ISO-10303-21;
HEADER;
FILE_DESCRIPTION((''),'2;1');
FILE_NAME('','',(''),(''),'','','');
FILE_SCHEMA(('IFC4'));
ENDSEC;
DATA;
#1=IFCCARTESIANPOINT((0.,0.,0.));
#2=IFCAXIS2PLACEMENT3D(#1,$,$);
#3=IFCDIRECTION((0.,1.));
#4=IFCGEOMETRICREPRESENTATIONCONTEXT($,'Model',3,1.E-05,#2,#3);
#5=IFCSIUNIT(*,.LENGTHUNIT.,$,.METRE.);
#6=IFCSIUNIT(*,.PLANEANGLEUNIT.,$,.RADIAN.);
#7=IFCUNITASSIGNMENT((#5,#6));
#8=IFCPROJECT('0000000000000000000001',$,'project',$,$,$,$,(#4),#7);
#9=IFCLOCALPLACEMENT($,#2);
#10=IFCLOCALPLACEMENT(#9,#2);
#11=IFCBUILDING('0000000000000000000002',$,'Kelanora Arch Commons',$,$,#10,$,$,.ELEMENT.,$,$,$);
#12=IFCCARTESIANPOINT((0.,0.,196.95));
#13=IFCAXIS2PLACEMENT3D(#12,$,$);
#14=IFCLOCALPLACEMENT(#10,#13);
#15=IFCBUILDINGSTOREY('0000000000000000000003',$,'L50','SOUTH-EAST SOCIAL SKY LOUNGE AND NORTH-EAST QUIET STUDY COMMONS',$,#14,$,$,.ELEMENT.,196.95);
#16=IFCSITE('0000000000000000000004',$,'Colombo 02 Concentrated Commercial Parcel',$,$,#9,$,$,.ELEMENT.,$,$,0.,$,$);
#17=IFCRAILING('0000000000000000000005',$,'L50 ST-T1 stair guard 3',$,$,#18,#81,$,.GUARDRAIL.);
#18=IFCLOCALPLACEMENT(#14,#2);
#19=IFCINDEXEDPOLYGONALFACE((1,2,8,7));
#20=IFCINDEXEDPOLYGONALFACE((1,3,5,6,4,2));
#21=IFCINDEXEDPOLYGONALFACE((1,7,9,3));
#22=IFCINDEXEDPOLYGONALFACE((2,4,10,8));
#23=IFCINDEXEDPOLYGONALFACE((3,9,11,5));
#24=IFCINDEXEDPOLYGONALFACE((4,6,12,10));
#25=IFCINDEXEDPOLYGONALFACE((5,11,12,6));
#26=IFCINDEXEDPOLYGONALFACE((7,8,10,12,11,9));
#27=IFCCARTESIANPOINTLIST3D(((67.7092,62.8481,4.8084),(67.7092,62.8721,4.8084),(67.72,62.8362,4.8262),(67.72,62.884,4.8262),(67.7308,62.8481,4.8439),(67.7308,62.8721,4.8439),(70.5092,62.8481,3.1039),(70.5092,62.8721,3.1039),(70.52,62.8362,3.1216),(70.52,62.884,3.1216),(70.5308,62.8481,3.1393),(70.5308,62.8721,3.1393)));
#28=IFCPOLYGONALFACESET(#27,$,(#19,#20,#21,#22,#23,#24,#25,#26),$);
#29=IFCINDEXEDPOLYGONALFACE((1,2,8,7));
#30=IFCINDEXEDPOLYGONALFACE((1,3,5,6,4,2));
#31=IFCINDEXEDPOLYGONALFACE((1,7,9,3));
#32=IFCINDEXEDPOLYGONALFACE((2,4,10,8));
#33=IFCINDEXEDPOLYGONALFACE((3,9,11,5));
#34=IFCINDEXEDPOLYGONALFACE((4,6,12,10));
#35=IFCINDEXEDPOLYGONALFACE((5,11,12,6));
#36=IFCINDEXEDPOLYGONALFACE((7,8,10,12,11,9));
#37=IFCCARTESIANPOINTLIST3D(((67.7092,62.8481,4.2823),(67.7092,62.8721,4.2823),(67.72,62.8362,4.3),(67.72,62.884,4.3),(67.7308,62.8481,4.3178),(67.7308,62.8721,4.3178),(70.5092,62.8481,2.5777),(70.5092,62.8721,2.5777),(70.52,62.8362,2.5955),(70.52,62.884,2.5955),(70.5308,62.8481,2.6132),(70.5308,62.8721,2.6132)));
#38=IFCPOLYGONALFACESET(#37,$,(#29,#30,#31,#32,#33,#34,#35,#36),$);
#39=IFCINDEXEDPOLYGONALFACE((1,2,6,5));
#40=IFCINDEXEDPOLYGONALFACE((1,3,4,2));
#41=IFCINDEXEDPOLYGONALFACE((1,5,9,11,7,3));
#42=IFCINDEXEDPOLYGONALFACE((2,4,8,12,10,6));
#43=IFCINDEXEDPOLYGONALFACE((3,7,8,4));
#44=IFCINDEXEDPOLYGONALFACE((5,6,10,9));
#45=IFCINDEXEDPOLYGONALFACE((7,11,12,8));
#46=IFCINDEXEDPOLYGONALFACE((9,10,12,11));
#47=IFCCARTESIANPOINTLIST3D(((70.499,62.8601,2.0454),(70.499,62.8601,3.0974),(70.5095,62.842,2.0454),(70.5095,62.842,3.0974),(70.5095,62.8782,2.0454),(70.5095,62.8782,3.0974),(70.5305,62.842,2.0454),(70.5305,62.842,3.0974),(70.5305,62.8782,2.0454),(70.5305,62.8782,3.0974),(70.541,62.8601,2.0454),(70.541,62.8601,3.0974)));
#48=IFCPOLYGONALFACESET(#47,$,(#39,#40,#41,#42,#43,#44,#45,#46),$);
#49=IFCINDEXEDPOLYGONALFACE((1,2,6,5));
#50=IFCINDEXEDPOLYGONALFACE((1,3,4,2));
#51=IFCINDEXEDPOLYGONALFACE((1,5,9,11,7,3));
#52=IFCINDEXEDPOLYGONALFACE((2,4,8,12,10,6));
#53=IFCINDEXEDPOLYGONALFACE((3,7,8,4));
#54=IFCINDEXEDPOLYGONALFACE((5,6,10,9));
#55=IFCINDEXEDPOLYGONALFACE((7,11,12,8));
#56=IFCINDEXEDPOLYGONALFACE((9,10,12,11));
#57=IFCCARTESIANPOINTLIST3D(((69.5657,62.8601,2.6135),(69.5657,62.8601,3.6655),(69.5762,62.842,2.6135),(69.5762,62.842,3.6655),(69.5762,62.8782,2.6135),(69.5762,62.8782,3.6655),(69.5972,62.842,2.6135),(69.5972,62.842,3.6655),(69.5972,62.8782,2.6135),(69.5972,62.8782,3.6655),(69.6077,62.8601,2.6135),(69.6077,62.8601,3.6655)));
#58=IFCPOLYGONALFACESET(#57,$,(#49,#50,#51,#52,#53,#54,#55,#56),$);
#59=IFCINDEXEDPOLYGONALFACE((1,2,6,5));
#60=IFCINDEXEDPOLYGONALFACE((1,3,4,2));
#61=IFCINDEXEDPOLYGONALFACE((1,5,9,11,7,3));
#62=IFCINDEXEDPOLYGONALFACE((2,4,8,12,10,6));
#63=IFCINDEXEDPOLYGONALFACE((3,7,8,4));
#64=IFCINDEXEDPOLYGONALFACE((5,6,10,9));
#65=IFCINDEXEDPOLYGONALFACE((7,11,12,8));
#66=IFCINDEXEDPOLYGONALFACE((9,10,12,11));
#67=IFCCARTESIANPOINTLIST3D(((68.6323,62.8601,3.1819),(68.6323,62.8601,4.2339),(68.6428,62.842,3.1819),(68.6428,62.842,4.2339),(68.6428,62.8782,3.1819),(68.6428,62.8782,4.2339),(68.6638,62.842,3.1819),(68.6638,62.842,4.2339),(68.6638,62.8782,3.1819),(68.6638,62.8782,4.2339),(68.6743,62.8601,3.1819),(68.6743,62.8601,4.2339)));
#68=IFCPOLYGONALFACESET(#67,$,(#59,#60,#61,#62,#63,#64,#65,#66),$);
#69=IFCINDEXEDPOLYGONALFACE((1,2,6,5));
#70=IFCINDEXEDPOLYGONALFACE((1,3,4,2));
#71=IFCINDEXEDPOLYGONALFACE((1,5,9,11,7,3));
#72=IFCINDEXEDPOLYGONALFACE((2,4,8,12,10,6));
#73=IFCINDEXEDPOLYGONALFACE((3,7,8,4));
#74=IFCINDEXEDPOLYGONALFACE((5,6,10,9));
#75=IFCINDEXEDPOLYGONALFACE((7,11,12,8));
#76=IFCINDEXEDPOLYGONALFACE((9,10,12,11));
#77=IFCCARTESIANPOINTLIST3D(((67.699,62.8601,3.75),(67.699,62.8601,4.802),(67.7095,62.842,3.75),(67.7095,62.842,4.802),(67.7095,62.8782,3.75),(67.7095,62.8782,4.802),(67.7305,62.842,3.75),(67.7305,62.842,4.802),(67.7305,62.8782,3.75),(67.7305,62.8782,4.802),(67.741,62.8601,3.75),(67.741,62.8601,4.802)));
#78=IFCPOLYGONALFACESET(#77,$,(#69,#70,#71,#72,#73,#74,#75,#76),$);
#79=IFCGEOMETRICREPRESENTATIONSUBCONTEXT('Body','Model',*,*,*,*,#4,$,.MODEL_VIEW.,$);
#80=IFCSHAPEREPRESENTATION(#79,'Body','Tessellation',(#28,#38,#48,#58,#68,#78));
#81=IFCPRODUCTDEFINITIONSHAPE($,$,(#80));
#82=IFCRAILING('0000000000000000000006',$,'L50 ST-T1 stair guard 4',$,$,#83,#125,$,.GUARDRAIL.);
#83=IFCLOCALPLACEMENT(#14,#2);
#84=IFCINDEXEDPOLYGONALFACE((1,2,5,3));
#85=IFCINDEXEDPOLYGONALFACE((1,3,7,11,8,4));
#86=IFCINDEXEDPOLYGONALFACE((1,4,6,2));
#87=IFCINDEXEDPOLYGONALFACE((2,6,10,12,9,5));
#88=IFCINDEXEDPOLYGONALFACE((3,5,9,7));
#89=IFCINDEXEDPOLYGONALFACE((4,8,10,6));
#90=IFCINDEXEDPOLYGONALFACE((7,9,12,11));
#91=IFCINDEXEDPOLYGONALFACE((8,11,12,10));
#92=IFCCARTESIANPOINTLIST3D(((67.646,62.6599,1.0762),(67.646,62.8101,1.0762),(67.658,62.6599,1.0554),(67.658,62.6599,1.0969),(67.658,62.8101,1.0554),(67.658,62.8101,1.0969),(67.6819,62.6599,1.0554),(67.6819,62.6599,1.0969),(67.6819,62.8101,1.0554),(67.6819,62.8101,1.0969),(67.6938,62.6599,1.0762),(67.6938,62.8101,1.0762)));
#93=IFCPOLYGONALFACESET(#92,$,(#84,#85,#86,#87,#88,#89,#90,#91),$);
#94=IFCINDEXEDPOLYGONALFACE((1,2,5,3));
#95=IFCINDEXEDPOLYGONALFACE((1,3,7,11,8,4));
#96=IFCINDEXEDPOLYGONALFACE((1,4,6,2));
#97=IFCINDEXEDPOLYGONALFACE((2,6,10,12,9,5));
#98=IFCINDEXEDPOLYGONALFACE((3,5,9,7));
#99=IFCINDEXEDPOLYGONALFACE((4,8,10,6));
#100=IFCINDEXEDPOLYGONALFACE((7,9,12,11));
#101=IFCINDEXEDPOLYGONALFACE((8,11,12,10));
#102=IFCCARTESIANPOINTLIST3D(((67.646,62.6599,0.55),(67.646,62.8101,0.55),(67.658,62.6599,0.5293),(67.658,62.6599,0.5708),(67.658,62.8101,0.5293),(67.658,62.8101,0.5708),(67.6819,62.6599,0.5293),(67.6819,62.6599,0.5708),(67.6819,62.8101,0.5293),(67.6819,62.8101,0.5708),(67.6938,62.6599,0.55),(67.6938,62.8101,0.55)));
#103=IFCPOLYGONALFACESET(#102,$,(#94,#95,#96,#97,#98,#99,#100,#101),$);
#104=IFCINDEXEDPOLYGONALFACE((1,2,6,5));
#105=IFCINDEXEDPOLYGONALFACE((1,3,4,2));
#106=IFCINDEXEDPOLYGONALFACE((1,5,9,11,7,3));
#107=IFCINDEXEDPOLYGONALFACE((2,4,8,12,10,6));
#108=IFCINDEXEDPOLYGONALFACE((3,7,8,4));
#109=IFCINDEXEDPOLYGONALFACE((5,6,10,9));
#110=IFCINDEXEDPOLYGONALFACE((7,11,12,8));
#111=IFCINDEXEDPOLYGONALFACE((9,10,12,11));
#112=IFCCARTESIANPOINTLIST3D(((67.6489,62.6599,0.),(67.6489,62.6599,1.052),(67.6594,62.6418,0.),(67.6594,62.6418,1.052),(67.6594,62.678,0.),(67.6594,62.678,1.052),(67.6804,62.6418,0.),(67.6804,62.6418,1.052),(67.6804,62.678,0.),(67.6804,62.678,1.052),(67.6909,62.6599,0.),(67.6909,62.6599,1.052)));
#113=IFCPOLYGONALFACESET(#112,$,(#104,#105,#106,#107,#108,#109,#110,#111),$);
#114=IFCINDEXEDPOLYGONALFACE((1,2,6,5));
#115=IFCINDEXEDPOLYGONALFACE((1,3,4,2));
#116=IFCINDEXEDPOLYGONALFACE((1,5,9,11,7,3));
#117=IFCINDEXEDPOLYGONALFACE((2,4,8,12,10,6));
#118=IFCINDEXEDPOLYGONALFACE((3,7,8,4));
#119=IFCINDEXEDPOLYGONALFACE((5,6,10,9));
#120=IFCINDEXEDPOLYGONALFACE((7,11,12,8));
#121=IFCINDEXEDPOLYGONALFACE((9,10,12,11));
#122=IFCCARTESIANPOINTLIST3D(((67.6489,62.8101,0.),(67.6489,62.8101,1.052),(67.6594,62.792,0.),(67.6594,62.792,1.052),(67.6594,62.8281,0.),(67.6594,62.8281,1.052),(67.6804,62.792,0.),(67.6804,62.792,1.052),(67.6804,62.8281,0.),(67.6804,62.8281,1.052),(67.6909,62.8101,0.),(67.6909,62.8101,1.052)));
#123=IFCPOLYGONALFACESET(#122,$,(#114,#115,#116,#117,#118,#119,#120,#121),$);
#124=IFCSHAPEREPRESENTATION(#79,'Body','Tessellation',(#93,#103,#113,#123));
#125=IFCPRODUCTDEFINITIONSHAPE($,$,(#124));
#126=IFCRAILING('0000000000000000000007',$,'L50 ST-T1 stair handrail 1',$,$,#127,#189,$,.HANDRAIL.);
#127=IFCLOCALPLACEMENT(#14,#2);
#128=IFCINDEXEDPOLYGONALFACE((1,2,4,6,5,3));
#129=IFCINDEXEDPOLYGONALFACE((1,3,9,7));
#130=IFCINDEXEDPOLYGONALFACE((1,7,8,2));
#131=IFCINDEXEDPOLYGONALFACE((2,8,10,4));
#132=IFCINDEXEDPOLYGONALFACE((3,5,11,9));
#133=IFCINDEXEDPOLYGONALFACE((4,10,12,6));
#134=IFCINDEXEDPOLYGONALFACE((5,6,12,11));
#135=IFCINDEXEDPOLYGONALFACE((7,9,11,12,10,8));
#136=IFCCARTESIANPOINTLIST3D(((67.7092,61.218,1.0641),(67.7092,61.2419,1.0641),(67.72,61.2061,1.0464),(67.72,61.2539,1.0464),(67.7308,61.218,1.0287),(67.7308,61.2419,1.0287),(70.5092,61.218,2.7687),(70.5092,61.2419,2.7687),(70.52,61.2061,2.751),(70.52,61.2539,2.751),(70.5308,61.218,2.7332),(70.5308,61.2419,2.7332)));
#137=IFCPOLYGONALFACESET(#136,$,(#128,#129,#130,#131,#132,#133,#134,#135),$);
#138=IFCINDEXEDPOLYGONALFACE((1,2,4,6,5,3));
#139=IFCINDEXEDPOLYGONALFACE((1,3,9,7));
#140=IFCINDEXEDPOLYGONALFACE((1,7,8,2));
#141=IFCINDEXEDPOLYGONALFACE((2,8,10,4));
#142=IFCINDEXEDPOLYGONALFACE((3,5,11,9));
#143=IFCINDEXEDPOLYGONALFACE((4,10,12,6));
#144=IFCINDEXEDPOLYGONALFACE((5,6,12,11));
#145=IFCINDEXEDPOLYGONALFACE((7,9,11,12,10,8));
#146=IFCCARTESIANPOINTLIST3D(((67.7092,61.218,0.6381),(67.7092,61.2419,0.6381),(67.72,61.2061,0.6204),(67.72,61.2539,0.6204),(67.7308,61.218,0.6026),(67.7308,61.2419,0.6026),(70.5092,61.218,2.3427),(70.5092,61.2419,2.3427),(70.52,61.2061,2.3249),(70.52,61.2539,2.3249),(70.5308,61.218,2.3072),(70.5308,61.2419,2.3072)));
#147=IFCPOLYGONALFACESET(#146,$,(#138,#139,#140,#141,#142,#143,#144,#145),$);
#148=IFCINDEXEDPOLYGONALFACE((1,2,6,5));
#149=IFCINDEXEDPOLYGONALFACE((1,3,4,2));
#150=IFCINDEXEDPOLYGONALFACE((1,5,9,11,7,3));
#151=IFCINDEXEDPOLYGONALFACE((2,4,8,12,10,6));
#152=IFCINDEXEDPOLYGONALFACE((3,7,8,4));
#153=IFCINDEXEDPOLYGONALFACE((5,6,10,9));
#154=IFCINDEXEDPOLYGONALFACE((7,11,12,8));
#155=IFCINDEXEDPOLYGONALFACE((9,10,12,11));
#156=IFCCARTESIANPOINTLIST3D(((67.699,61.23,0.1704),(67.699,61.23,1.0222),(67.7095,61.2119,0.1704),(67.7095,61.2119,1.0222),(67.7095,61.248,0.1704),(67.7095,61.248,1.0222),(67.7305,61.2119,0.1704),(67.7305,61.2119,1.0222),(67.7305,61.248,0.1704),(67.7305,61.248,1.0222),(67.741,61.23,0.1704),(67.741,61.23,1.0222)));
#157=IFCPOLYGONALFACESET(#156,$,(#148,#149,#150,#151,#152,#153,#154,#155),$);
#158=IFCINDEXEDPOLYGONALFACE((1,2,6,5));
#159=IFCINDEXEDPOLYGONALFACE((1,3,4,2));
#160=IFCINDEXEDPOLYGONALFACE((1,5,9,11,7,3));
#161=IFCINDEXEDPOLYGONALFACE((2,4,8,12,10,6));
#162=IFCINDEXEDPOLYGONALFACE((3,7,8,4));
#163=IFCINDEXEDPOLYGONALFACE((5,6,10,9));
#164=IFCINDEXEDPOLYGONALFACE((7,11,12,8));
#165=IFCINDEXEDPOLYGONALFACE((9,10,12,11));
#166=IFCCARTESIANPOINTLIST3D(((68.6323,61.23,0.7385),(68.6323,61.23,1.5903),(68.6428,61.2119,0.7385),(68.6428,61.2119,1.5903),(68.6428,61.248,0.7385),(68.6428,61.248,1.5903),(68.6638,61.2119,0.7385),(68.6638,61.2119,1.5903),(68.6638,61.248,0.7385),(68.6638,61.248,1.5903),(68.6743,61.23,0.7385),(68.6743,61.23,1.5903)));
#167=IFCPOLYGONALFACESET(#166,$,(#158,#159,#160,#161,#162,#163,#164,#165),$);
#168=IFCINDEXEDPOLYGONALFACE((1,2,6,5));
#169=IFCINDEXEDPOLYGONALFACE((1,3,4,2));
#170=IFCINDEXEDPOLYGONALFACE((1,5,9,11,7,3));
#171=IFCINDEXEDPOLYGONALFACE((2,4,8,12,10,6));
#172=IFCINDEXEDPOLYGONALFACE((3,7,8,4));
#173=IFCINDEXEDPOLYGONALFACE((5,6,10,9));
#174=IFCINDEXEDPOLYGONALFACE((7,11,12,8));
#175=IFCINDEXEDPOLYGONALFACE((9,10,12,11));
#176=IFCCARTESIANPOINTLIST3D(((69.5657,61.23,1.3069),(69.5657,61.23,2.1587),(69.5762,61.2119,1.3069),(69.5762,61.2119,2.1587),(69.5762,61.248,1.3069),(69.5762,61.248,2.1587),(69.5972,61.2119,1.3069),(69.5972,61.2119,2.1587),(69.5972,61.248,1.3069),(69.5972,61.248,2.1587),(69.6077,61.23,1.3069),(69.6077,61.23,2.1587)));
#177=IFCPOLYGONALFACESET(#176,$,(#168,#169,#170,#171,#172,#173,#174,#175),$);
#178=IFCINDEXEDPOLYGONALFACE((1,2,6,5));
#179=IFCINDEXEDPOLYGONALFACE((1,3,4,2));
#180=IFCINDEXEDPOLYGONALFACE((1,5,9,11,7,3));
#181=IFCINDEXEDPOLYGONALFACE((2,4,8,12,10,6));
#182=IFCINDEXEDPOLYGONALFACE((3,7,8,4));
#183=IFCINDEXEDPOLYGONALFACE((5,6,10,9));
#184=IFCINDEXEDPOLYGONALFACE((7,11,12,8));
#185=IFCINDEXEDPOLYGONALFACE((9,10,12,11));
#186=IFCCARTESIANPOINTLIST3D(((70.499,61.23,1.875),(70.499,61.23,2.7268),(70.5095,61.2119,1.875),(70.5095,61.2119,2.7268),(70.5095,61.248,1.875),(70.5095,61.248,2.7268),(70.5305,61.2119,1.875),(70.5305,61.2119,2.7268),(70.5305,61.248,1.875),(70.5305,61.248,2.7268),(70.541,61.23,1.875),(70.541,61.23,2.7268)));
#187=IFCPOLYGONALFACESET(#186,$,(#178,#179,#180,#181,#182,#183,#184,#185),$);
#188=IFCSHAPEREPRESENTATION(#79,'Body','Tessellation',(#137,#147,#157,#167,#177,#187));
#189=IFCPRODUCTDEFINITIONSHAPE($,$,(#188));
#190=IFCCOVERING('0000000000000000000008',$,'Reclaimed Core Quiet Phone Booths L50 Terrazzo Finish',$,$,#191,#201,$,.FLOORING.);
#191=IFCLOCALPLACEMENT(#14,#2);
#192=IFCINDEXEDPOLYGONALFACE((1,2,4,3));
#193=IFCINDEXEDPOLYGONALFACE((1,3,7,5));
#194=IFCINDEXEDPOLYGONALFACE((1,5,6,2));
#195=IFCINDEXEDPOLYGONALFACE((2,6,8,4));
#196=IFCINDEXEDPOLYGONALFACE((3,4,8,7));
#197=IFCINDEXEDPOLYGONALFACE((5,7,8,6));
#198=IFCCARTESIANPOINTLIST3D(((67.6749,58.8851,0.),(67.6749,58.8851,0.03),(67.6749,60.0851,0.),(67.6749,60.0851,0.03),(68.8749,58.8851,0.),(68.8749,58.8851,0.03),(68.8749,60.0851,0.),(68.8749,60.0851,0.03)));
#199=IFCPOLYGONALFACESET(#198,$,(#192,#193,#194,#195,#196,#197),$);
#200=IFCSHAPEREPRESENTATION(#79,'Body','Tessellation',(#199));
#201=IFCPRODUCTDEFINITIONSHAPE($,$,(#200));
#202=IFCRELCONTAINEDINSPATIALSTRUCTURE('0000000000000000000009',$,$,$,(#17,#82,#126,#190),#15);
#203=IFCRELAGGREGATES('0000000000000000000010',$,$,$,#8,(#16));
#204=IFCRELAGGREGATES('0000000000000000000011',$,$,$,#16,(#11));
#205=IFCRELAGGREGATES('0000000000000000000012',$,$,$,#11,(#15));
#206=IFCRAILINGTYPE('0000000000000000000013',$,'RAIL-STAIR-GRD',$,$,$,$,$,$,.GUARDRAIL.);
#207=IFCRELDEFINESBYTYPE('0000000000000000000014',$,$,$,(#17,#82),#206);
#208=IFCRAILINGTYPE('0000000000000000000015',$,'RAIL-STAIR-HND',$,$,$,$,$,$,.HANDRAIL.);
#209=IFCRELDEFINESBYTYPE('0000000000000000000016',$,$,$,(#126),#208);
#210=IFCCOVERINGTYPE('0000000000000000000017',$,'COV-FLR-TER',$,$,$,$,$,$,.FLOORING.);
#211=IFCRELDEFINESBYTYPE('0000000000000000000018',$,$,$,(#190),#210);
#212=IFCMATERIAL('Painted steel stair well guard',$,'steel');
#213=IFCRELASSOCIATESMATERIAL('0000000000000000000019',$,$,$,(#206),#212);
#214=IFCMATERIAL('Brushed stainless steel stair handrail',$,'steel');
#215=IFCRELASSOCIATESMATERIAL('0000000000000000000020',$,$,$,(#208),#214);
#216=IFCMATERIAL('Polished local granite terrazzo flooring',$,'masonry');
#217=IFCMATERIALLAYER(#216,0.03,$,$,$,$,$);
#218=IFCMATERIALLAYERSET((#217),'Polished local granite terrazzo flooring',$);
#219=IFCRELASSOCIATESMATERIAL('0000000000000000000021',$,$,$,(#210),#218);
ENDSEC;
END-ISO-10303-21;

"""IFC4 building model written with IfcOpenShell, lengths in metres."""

from ifc_helpers import new_model, si_unit, direction, frame, origin, origin_2d, place, context, subcontext, project, spatial, polyline, rectangle, outline, extrude, source, transform, mapped, material, layer, layer_set, type_object, element, save


model = new_model("IFC4")

# Units and contexts
model_context = context("Model", 3, precision=1e-05, world=origin(), true_north=direction((0.0, 1.0)))
body_context = subcontext(model_context, "Body", "Model", "MODEL_VIEW")
ifc_project = project(units=[si_unit("LENGTHUNIT", "METRE"), si_unit("PLANEANGLEUNIT", "RADIAN")], contexts=[model_context])

# Site, building, storey
site_placement = place(None, origin())
site = spatial("IfcSite", under=ifc_project, at=site_placement, Name="Colombo 02 Concentrated Commercial Parcel", CompositionType="ELEMENT", RefElevation=0.0)
building_placement = place(site_placement, origin())
building = spatial("IfcBuilding", under=site, at=building_placement, Name="Kelanora Arch Commons", CompositionType="ELEMENT")
storey_placement = place(building_placement, frame((0.0, 0.0, 196.95)))
storey = spatial("IfcBuildingStorey", under=building, at=storey_placement, Name="L50", Description="SOUTH-EAST SOCIAL SKY LOUNGE AND NORTH-EAST QUIET STUDY COMMONS", CompositionType="ELEMENT", Elevation=196.95)

# Railings
ifc_material_1 = material(Name="Painted steel stair well guard", Category="steel")
railing_type_1 = type_object("IfcRailingType", Name="RAIL-STAIR-GRD", PredefinedType="GUARDRAIL", material=ifc_material_1)
railing_1_placement = place(storey_placement, frame((70.52, 62.8601, 2.0454)))
element("IfcRailing", 1, at=railing_1_placement, inside=storey, type_object=railing_type_1, Name="L50 ST-T1 stair guard 3", PredefinedType="GUARDRAIL", context=body_context, shape_type="SweptSolid", body=[
    extrude(outline(polyline([(0.0239, 0.0), (0.012, 0.0208), (-0.012, 0.0208), (-0.0239, 0.0), (-0.012, -0.0208), (0.012, -0.0208), (0.0239, 0.0)])), frame((0.0, 0.0, 1.0762), z_axis=(-0.85417, 0.0, 0.519994), x_axis=(0.0, -1.0, 0.0)), (0.0, 0.0, 1.0), 3.2781),
    extrude(outline(polyline([(0.0239, 0.0), (0.012, 0.0208), (-0.012, 0.0208), (-0.0239, 0.0), (-0.012, -0.0208), (0.012, -0.0208), (0.0239, 0.0)])), frame((0.0, 0.0, 0.55), z_axis=(-0.85417, 0.0, 0.519994), x_axis=(0.0, -1.0, 0.0)), (0.0, 0.0, 1.0), 3.2781),
    extrude(outline(polyline([(0.021, 0.0), (0.0105, 0.0181), (-0.0105, 0.0181), (-0.021, 0.0), (-0.0105, -0.0181), (0.0105, -0.0181), (0.021, 0.0)])), origin(), (0.0, 0.0, 1.0), 1.052),
    extrude(outline(polyline([(0.021, 0.0), (0.0105, 0.0181), (-0.0105, 0.0181), (-0.021, 0.0), (-0.0105, -0.0181), (0.0105, -0.0181), (0.021, 0.0)])), frame((-0.9333, 0.0, 0.5681)), (0.0, 0.0, 1.0), 1.052),
    extrude(outline(polyline([(0.021, 0.0), (0.0105, 0.0181), (-0.0105, 0.0181), (-0.021, 0.0), (-0.0105, -0.0181), (0.0105, -0.0181), (0.021, 0.0)])), frame((-1.8667, 0.0, 1.1365)), (0.0, 0.0, 1.0), 1.052),
    extrude(outline(polyline([(0.021, 0.0), (0.0105, 0.0181), (-0.0105, 0.0181), (-0.021, 0.0), (-0.0105, -0.0181), (0.0105, -0.0181), (0.021, 0.0)])), frame((-2.8, 0.0, 1.7046)), (0.0, 0.0, 1.0), 1.052),
])
railing_2_placement = place(storey_placement, frame((67.6699, 62.6599, 0.0)))
element("IfcRailing", 2, at=railing_2_placement, inside=storey, type_object=railing_type_1, Name="L50 ST-T1 stair guard 4", PredefinedType="GUARDRAIL", context=body_context, shape_type="SweptSolid", body=[
    extrude(outline(polyline([(0.0239, 0.0), (0.012, 0.0208), (-0.012, 0.0208), (-0.0239, 0.0), (-0.012, -0.0208), (0.012, -0.0208), (0.0239, 0.0)])), frame((0.0, 0.0, 1.0762), z_axis=(0.0, 1.0, 0.0), x_axis=(-1.0, 0.0, 0.0)), (0.0, 0.0, 1.0), 0.1501),
    extrude(outline(polyline([(0.0239, 0.0), (0.012, 0.0208), (-0.012, 0.0208), (-0.0239, 0.0), (-0.012, -0.0208), (0.012, -0.0208), (0.0239, 0.0)])), frame((0.0, 0.0, 0.55), z_axis=(0.0, 1.0, 0.0), x_axis=(-1.0, 0.0, 0.0)), (0.0, 0.0, 1.0), 0.1501),
    extrude(outline(polyline([(0.021, 0.0), (0.0105, 0.0181), (-0.0105, 0.0181), (-0.021, 0.0), (-0.0105, -0.0181), (0.0105, -0.0181), (0.021, 0.0)])), origin(), (0.0, 0.0, 1.0), 1.052),
    extrude(outline(polyline([(0.021, 0.0), (0.0105, 0.0181), (-0.0105, 0.0181), (-0.021, 0.0), (-0.0105, -0.0181), (0.0105, -0.0181), (0.021, 0.0)])), frame((0.0, 0.1501, 0.0)), (0.0, 0.0, 1.0), 1.052),
])
ifc_material_2 = material(Name="Brushed stainless steel stair handrail", Category="steel")
railing_type_2 = type_object("IfcRailingType", Name="RAIL-STAIR-HND", PredefinedType="HANDRAIL", material=ifc_material_2)
railing_3_placement = place(storey_placement, frame((67.72, 61.23, 0.1704)))
element("IfcRailing", 3, at=railing_3_placement, inside=storey, type_object=railing_type_2, Name="L50 ST-T1 stair handrail 1", PredefinedType="HANDRAIL", context=body_context, shape_type="SweptSolid", body=[
    extrude(outline(polyline([(0.0239, 0.0), (0.012, 0.0208), (-0.012, 0.0208), (-0.0239, 0.0), (-0.012, -0.0208), (0.012, -0.0208), (0.0239, 0.0)])), frame((0.0, 0.0, 0.876), z_axis=(0.85417, 0.0, 0.519994), x_axis=(0.0, 1.0, 0.0)), (0.0, 0.0, 1.0), 3.2781),
    extrude(outline(polyline([(0.0239, 0.0), (0.012, 0.0208), (-0.012, 0.0208), (-0.0239, 0.0), (-0.012, -0.0208), (0.012, -0.0208), (0.0239, 0.0)])), frame((0.0, 0.0, 0.45), z_axis=(0.85417, 0.0, 0.519994), x_axis=(0.0, 1.0, 0.0)), (0.0, 0.0, 1.0), 3.2781),
    extrude(outline(polyline([(0.021, 0.0), (0.0105, 0.0181), (-0.0105, 0.0181), (-0.021, 0.0), (-0.0105, -0.0181), (0.0105, -0.0181), (0.021, 0.0)])), origin(), (0.0, 0.0, 1.0), 0.8518),
    extrude(outline(polyline([(0.021, 0.0), (0.0105, 0.0181), (-0.0105, 0.0181), (-0.021, 0.0), (-0.0105, -0.0181), (0.0105, -0.0181), (0.021, 0.0)])), frame((0.9333, 0.0, 0.5681)), (0.0, 0.0, 1.0), 0.8518),
    extrude(outline(polyline([(0.021, 0.0), (0.0105, 0.0181), (-0.0105, 0.0181), (-0.021, 0.0), (-0.0105, -0.0181), (0.0105, -0.0181), (0.021, 0.0)])), frame((1.8667, 0.0, 1.1365)), (0.0, 0.0, 1.0), 0.8518),
    extrude(outline(polyline([(0.021, 0.0), (0.0105, 0.0181), (-0.0105, 0.0181), (-0.021, 0.0), (-0.0105, -0.0181), (0.0105, -0.0181), (0.021, 0.0)])), frame((2.8, 0.0, 1.7046)), (0.0, 0.0, 1.0), 0.8518),
])

# Covering
ifc_material_3 = material(Name="Polished local granite terrazzo flooring", Category="masonry")
ifc_layer_1 = layer(ifc_material_3, 0.03)
ifc_layer_set_1 = layer_set([ifc_layer_1], Name="Polished local granite terrazzo flooring")
covering_type = type_object("IfcCoveringType", Name="COV-FLR-TER", PredefinedType="FLOORING", material=ifc_layer_set_1)
shared_shape = source(origin(), body_context, "Body", "SweptSolid", [
    extrude(rectangle(XDim=1.2, YDim=1.2, at=origin_2d()), origin(), (0.0, 0.0, 1.0), 0.03),
])
covering_placement = place(storey_placement, frame((68.2749, 59.4851, 0.0), z_axis=(0.0, 0.0, 1.0), x_axis=(1.0, 0.0, 0.0)))
element("IfcCovering", 4, at=covering_placement, inside=storey, type_object=covering_type, Name="Reclaimed Core Quiet Phone Booths L50 Terrazzo Finish", PredefinedType="FLOORING", context=body_context, shape_type="MappedRepresentation", body=[
    mapped(shared_shape, transform((0.0, 0.0, 0.0), scale=1.0)),
])

save(model, "model.ifc")
